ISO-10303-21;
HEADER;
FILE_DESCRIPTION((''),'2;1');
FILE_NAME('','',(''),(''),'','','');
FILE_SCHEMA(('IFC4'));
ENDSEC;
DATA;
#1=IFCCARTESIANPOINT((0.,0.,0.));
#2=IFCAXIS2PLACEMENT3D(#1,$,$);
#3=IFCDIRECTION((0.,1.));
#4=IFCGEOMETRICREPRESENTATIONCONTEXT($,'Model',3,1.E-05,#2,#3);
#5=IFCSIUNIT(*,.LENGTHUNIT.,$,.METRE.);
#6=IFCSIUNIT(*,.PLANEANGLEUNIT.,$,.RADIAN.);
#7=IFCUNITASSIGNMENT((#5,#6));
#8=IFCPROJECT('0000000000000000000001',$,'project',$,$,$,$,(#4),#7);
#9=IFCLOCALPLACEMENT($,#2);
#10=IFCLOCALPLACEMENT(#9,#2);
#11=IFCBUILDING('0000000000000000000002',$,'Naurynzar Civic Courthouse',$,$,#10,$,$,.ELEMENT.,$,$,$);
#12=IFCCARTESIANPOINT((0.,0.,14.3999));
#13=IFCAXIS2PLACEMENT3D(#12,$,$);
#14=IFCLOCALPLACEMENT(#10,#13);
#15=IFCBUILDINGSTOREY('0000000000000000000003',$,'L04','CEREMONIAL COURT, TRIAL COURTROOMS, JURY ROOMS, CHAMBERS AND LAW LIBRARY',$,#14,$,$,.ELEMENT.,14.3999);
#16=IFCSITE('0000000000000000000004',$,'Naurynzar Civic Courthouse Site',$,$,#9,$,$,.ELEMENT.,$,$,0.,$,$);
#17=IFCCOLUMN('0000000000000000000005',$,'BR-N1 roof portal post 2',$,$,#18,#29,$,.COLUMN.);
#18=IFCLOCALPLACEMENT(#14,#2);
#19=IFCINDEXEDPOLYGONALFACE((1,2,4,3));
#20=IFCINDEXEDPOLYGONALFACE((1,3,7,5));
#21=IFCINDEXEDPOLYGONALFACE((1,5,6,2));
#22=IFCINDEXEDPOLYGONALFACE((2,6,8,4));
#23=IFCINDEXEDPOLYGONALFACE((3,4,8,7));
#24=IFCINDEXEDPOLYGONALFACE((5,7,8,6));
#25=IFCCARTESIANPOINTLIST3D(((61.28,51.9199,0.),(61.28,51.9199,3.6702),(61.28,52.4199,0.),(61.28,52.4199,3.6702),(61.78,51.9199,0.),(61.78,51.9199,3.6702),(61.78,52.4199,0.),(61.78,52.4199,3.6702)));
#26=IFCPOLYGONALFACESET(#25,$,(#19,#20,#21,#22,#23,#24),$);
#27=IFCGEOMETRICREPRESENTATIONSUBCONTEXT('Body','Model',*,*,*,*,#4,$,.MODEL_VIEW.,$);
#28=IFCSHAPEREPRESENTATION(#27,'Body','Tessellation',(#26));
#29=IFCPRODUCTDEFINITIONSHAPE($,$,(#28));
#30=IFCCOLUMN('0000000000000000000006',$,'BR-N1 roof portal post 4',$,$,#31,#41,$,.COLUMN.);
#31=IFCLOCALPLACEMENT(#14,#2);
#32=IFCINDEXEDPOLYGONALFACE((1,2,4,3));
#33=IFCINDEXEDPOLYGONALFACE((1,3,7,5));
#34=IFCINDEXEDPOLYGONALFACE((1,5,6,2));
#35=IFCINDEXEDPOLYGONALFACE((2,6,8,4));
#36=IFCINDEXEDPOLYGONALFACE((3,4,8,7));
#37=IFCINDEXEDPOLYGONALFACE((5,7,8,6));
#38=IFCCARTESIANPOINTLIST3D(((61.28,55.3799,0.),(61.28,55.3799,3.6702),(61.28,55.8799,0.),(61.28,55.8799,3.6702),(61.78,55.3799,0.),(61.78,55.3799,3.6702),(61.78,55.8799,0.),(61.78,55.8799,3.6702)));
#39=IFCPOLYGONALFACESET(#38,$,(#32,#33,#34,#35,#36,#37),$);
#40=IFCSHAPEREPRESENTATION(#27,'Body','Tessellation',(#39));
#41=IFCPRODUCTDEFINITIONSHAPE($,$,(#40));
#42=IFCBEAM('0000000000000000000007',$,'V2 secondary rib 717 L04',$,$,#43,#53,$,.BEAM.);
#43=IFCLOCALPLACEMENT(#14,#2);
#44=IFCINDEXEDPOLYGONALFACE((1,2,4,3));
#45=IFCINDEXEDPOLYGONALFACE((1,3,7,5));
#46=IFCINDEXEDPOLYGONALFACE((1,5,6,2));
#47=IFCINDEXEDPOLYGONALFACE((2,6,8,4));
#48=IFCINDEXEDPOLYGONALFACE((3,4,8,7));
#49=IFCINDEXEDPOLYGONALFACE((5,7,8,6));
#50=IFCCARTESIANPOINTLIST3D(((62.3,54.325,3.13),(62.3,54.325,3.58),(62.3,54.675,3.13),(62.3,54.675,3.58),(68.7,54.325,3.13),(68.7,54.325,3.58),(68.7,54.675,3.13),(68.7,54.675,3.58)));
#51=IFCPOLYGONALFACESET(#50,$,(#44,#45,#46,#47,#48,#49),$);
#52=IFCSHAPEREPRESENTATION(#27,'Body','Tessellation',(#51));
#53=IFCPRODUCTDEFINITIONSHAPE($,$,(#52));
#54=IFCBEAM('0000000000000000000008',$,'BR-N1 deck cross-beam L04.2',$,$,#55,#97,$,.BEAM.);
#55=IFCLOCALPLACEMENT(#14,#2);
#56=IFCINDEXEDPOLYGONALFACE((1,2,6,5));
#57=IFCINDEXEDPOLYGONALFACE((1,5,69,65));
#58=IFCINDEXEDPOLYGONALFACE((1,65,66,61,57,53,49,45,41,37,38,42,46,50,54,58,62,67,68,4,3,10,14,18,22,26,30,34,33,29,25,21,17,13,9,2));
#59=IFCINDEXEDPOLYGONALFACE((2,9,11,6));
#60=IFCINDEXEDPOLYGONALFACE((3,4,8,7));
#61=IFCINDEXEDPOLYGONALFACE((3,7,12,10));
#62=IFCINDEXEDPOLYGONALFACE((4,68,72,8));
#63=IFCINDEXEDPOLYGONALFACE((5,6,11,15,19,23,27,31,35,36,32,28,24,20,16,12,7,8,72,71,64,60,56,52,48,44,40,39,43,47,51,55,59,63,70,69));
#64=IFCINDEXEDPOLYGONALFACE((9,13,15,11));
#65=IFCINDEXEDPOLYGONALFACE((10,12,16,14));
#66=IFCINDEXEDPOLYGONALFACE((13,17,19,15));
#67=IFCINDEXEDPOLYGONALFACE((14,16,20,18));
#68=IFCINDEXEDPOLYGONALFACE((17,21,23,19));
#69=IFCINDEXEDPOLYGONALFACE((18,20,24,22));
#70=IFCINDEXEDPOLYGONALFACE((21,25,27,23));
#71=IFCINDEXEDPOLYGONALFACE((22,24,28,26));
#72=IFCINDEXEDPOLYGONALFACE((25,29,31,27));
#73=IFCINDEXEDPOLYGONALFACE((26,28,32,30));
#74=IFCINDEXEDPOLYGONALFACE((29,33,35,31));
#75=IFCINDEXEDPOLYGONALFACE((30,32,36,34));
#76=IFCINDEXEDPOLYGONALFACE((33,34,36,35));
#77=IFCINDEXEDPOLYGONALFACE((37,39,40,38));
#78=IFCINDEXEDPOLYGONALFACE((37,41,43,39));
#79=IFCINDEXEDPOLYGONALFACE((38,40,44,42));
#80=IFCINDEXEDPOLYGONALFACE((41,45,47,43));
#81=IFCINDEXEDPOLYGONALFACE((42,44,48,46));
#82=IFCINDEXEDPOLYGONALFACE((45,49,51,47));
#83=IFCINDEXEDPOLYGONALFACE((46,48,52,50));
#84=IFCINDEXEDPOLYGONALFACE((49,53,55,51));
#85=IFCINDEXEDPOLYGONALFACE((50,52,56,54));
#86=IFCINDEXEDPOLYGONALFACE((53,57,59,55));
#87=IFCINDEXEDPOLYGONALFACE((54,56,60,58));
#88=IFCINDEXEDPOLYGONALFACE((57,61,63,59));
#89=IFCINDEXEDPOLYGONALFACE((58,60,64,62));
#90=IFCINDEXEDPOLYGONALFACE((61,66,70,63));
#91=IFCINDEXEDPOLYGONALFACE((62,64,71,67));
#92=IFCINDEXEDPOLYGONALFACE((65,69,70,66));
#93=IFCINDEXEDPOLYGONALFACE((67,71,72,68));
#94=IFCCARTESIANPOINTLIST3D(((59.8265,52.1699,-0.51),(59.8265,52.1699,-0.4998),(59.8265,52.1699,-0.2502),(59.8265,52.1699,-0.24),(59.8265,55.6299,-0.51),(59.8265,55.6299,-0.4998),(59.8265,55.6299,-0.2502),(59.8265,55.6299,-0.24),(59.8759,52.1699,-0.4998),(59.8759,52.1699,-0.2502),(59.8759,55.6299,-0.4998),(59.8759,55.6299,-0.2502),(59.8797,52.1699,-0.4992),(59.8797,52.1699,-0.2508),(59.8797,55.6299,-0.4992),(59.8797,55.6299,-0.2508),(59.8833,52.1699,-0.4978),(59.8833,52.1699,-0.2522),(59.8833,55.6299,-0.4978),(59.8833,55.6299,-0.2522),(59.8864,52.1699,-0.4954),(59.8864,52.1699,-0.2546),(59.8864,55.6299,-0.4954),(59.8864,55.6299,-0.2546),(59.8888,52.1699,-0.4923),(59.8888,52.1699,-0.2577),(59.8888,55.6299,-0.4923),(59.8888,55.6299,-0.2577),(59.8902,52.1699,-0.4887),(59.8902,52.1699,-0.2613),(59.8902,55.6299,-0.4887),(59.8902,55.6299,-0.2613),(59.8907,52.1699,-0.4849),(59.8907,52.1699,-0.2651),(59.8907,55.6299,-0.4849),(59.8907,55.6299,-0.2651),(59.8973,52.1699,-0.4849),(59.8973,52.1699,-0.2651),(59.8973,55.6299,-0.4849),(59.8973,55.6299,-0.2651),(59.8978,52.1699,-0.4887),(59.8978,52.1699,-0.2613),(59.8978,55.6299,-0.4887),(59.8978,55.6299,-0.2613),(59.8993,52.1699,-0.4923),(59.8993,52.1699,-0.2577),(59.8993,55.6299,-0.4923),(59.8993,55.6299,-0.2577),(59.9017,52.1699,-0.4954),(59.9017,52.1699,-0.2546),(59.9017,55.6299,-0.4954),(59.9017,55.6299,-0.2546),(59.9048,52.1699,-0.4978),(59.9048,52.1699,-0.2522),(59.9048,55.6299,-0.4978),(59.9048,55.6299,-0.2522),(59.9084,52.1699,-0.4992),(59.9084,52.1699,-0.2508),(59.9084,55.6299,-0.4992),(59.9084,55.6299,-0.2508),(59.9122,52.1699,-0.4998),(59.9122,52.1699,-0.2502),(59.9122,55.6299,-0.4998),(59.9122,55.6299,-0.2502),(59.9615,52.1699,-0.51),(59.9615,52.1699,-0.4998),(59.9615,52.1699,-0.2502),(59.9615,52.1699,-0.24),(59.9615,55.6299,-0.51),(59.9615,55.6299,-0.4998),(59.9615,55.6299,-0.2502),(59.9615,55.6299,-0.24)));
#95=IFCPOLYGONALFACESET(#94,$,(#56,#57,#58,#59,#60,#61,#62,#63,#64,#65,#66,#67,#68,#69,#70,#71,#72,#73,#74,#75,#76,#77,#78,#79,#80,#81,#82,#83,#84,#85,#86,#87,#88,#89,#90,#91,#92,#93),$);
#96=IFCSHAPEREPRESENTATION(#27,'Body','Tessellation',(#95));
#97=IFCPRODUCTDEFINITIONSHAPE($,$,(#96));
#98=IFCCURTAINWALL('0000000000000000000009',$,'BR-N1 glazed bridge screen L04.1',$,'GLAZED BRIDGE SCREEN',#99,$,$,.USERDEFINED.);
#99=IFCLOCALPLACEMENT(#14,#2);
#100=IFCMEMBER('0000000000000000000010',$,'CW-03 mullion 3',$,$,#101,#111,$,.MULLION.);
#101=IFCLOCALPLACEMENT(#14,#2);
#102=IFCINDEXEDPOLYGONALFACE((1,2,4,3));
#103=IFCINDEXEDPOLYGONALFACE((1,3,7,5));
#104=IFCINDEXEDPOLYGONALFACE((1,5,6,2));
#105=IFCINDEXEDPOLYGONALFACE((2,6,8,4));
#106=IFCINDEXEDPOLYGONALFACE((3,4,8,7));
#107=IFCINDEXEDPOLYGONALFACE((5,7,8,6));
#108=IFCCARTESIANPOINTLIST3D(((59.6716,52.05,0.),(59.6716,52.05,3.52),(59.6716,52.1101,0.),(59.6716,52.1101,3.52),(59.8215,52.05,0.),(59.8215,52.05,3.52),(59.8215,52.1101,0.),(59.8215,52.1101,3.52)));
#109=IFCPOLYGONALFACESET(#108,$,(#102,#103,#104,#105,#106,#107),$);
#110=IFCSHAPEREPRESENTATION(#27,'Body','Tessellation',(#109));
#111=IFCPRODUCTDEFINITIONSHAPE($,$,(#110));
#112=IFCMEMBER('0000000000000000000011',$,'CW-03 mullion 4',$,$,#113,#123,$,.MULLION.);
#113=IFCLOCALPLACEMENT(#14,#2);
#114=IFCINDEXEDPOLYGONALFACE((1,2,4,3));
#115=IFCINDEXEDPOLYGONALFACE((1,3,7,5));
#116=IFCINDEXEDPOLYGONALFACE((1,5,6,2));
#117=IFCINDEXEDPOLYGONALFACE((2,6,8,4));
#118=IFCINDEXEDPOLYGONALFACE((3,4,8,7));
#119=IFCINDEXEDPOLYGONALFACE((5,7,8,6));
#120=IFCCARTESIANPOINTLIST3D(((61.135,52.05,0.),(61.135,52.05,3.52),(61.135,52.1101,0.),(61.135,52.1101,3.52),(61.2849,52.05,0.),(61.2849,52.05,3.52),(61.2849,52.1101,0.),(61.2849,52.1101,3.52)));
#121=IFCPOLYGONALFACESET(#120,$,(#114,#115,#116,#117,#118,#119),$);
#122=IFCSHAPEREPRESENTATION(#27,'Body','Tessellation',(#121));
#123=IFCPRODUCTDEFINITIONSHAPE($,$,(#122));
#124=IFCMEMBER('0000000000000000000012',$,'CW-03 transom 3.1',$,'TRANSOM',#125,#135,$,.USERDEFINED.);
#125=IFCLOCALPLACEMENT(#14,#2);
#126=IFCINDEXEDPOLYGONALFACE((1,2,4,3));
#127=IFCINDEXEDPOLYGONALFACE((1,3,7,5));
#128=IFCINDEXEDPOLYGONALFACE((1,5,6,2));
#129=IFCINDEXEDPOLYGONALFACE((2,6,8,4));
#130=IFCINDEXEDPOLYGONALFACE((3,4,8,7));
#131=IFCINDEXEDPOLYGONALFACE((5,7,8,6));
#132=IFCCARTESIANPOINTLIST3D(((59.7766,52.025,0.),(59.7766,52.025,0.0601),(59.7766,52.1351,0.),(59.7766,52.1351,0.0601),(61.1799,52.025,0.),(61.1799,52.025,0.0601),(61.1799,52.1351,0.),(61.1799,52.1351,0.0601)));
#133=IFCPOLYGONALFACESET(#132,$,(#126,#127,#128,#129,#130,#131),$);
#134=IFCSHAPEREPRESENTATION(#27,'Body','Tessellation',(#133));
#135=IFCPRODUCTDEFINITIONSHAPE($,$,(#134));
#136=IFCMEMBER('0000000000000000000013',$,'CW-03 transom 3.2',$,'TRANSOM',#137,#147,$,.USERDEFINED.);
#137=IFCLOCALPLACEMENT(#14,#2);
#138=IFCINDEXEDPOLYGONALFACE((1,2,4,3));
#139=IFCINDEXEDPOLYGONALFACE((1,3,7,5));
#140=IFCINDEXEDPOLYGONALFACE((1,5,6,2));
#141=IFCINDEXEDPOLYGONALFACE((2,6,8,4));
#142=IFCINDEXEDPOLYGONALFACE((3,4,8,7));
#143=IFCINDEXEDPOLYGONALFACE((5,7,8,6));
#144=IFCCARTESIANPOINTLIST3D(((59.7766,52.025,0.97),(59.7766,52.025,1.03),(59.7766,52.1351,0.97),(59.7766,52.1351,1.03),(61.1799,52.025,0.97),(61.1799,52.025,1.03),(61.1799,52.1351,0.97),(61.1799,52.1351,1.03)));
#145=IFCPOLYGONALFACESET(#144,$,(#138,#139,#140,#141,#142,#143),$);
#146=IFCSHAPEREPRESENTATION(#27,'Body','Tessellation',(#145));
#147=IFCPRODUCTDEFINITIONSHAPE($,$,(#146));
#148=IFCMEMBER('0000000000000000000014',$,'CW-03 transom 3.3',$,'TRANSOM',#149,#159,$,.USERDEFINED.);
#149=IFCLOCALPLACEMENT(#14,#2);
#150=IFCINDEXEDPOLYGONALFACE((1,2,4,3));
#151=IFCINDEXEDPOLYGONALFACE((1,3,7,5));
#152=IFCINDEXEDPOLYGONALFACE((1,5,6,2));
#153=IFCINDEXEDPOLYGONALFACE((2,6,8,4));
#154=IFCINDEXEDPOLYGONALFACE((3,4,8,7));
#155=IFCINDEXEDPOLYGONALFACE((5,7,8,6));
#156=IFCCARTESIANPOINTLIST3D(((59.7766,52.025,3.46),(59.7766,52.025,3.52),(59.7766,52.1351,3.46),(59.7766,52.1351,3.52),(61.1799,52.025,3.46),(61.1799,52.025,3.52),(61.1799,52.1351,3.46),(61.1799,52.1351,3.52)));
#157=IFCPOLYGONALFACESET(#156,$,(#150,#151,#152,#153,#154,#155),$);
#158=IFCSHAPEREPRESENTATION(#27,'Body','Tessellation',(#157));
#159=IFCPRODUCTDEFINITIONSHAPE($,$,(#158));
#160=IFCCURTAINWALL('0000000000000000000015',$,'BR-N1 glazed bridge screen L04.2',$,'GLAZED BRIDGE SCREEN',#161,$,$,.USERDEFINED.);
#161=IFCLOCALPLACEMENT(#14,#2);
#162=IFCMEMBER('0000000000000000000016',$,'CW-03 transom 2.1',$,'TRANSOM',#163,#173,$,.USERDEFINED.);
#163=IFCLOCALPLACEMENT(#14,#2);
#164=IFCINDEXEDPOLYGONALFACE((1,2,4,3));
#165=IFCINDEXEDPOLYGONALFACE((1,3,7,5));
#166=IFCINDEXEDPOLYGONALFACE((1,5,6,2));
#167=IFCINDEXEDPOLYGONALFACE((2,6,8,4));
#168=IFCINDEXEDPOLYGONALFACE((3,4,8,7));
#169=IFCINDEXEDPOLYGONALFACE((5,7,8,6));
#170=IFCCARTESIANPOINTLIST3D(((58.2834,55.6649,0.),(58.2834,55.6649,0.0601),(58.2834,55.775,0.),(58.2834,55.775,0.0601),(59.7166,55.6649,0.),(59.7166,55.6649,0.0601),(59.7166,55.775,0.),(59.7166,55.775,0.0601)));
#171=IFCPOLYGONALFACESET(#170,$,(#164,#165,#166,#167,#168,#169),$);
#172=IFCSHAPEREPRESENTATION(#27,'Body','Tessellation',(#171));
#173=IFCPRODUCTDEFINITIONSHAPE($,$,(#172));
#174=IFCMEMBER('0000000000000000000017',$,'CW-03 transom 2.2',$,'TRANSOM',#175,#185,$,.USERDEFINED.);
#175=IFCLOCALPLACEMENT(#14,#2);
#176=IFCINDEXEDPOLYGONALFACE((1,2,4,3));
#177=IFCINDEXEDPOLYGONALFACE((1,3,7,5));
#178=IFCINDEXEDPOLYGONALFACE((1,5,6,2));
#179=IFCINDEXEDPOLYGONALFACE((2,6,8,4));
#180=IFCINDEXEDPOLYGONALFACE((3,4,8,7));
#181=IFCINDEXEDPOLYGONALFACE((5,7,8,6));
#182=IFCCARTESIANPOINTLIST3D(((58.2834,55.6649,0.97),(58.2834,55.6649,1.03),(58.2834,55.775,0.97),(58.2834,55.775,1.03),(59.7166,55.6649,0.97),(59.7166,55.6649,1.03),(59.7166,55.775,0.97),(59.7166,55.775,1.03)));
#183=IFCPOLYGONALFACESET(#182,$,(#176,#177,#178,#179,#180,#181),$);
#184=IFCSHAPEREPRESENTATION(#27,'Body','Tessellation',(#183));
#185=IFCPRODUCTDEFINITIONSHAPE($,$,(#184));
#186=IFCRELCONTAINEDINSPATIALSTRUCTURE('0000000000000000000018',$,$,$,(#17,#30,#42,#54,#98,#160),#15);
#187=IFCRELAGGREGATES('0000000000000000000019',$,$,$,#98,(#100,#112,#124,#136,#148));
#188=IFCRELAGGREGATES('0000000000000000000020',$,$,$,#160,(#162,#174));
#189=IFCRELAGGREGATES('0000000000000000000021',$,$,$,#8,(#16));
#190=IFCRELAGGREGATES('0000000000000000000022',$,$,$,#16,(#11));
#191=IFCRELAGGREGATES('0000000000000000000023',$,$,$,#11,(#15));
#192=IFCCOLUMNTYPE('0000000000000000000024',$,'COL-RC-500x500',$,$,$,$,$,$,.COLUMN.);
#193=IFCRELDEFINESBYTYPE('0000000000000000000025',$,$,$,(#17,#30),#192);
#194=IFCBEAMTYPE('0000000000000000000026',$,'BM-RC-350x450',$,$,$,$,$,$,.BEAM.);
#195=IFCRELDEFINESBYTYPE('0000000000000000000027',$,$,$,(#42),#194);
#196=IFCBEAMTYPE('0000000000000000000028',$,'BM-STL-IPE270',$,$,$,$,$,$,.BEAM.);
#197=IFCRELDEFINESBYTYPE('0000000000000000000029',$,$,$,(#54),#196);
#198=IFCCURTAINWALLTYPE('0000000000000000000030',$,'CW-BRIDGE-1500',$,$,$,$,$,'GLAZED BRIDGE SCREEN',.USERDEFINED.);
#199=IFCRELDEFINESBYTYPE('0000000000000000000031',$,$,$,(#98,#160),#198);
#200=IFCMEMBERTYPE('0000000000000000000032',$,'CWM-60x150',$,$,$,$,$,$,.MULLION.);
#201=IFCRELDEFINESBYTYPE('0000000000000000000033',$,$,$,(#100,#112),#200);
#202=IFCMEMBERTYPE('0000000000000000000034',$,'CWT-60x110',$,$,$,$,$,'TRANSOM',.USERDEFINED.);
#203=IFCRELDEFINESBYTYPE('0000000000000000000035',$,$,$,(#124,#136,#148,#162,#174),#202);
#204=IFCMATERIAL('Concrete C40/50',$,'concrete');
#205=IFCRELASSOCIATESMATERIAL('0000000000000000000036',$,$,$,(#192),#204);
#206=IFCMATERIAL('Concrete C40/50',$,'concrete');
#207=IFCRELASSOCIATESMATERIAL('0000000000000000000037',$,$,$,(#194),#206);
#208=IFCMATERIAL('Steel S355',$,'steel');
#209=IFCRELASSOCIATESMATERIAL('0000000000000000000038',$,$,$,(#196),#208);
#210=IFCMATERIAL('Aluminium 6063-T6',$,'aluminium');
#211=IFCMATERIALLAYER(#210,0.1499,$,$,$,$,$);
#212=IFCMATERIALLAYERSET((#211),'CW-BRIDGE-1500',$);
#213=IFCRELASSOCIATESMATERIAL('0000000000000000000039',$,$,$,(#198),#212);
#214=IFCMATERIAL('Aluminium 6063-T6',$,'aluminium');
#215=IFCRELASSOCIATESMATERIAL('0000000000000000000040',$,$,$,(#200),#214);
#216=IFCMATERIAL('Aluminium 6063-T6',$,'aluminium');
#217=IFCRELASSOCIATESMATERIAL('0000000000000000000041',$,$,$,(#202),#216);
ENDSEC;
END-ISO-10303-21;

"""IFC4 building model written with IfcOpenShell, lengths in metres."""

from ifc_helpers import new_model, si_unit, direction, frame, origin, origin_2d, place, context, subcontext, project, spatial, rectangle, i_section, extrude, material, layer, layer_set, material_profile, profile_set, type_object, element, aggregate, save


model = new_model("IFC4")

# Units and contexts
model_context = context("Model", 3, precision=1e-05, world=origin(), true_north=direction((0.0, 1.0)))
body_context = subcontext(model_context, "Body", "Model", "MODEL_VIEW")
ifc_project = project(units=[si_unit("LENGTHUNIT", "METRE"), si_unit("PLANEANGLEUNIT", "RADIAN")], contexts=[model_context])

# Site, building, storey
site_placement = place(None, origin())
site = spatial("IfcSite", under=ifc_project, at=site_placement, Name="Naurynzar Civic Courthouse Site", CompositionType="ELEMENT", RefElevation=0.0)
building_placement = place(site_placement, origin())
building = spatial("IfcBuilding", under=site, at=building_placement, Name="Naurynzar Civic Courthouse", CompositionType="ELEMENT")
storey_placement = place(building_placement, frame((0.0, 0.0, 14.3999)))
storey = spatial("IfcBuildingStorey", under=building, at=storey_placement, Name="L04", Description="CEREMONIAL COURT, TRIAL COURTROOMS, JURY ROOMS, CHAMBERS AND LAW LIBRARY", CompositionType="ELEMENT", Elevation=14.3999)

# Columns
ifc_material_1 = material(Name="Concrete C40/50", Category="concrete")
ifc_material_profile_1 = material_profile(ifc_material_1, rectangle(XDim=0.5, YDim=0.5, at=origin_2d()), Name="RC 500x500")
ifc_profile_set_1 = profile_set([ifc_material_profile_1], Name="Concrete C40/50")
column_type = type_object("IfcColumnType", Name="COL-RC-500x500", PredefinedType="COLUMN", material=ifc_profile_set_1)
for number, where, z_axis, x_axis, name in (
    (1, (61.53, 52.1699, 0.0), (0.0, 0.0, 1.0), (1.0, 0.0, 0.0), "BR-N1 roof portal post 2"),
    (2, (61.53, 55.6299, 0.0), (0.0, 0.0, 1.0), (1.0, 0.0, 0.0), "BR-N1 roof portal post 4"),
):
    element("IfcColumn", number, at=place(storey_placement, frame(where, z_axis=z_axis, x_axis=x_axis)), inside=storey, type_object=column_type, Name=name, PredefinedType="COLUMN", context=body_context, shape_type="SweptSolid", body=[
        extrude(rectangle(XDim=0.5, YDim=0.5, at=origin_2d()), origin(), (0.0, 0.0, 1.0), 3.6702),
    ])

# Beams
ifc_material_2 = material(Name="Concrete C40/50", Category="concrete")
ifc_material_profile_2 = material_profile(ifc_material_2, rectangle(XDim=0.3501, YDim=0.45, at=origin_2d()), Name="RCB 350x450")
ifc_profile_set_2 = profile_set([ifc_material_profile_2], Name="Concrete C40/50")
beam_type_1 = type_object("IfcBeamType", Name="BM-RC-350x450", PredefinedType="BEAM", material=ifc_profile_set_2)
beam_1_placement = place(storey_placement, frame((62.3, 54.5, 3.355), z_axis=(1.0, 0.0, 0.0), x_axis=(0.0, 1.0, 0.0)))
element("IfcBeam", 3, at=beam_1_placement, inside=storey, type_object=beam_type_1, Name="V2 secondary rib 717 L04", PredefinedType="BEAM", context=body_context, shape_type="SweptSolid", body=[
    extrude(rectangle(XDim=0.3501, YDim=0.45, at=origin_2d()), origin(), (0.0, 0.0, 1.0), 6.3999),
])
ifc_material_3 = material(Name="Steel S355", Category="steel")
ifc_material_profile_3 = material_profile(ifc_material_3, i_section(OverallWidth=0.135, OverallDepth=0.27, WebThickness=0.0066, FlangeThickness=0.0103, FilletRadius=0.0149, at=origin_2d()), Name="IPE 270")
ifc_profile_set_3 = profile_set([ifc_material_profile_3], Name="Steel S355")
beam_type_2 = type_object("IfcBeamType", Name="BM-STL-IPE270", PredefinedType="BEAM", material=ifc_profile_set_3)
beam_2_placement = place(storey_placement, frame((59.894, 52.1699, -0.375), z_axis=(0.0, 1.0, 0.0), x_axis=(-1.0, 0.0, 0.0)))
element("IfcBeam", 4, at=beam_2_placement, inside=storey, type_object=beam_type_2, Name="BR-N1 deck cross-beam L04.2", PredefinedType="BEAM", context=body_context, shape_type="SweptSolid", body=[
    extrude(i_section(OverallWidth=0.135, OverallDepth=0.27, WebThickness=0.0066, FlangeThickness=0.0103, FilletRadius=0.0149, at=origin_2d()), origin(), (0.0, 0.0, 1.0), 3.46),
])

# Curtain walls, members
ifc_material_4 = material(Name="Aluminium 6063-T6", Category="aluminium")
ifc_layer_1 = layer(ifc_material_4, 0.1499)
ifc_layer_set_1 = layer_set([ifc_layer_1], Name="CW-BRIDGE-1500")
curtain_wall_type = type_object("IfcCurtainWallType", Name="CW-BRIDGE-1500", ElementType="GLAZED BRIDGE SCREEN", PredefinedType="USERDEFINED", material=ifc_layer_set_1)
curtain_wall_1_placement = place(storey_placement, origin())
curtain_wall_1 = element("IfcCurtainWall", 5, at=curtain_wall_1_placement, inside=storey, type_object=curtain_wall_type, Name="BR-N1 glazed bridge screen L04.1", ObjectType="GLAZED BRIDGE SCREEN", PredefinedType="USERDEFINED")
ifc_material_5 = material(Name="Aluminium 6063-T6", Category="aluminium")
ifc_material_profile_4 = material_profile(ifc_material_5, rectangle(XDim=0.0601, YDim=0.1499, at=origin_2d()), Name="ALU MULLION 60x150")
ifc_profile_set_4 = profile_set([ifc_material_profile_4], Name="Aluminium 6063-T6")
member_type_1 = type_object("IfcMemberType", Name="CWM-60x150", PredefinedType="MULLION", material=ifc_profile_set_4)
member_1_placement = place(storey_placement, frame((59.7466, 52.0801, 0.0), z_axis=(0.0, 0.0, 1.0), x_axis=(0.0, 1.0, 0.0)))
member_1 = element("IfcMember", 6, at=member_1_placement, type_object=member_type_1, Name="CW-03 mullion 3", PredefinedType="MULLION", context=body_context, shape_type="SweptSolid", body=[
    extrude(rectangle(XDim=0.0601, YDim=0.1499, at=origin_2d()), origin(), (0.0, 0.0, 1.0), 3.52),
])
member_2_placement = place(storey_placement, frame((61.21, 52.0801, 0.0), z_axis=(0.0, 0.0, 1.0), x_axis=(0.0, 1.0, 0.0)))
member_2 = element("IfcMember", 7, at=member_2_placement, type_object=member_type_1, Name="CW-03 mullion 4", PredefinedType="MULLION", context=body_context, shape_type="SweptSolid", body=[
    extrude(rectangle(XDim=0.0601, YDim=0.1499, at=origin_2d()), origin(), (0.0, 0.0, 1.0), 3.52),
])
ifc_material_6 = material(Name="Aluminium 6063-T6", Category="aluminium")
ifc_material_profile_5 = material_profile(ifc_material_6, rectangle(XDim=0.1101, YDim=0.0601, at=origin_2d()), Name="ALU TRANSOM 60x110")
ifc_profile_set_5 = profile_set([ifc_material_profile_5], Name="Aluminium 6063-T6")
member_type_2 = type_object("IfcMemberType", Name="CWT-60x110", ElementType="TRANSOM", PredefinedType="USERDEFINED", material=ifc_profile_set_5)
member_3_placement = place(storey_placement, frame((59.7766, 52.0801, 0.03), z_axis=(1.0, 0.0, 0.0), x_axis=(0.0, 1.0, 0.0)))
member_3 = element("IfcMember", 8, at=member_3_placement, type_object=member_type_2, Name="CW-03 transom 3.1", ObjectType="TRANSOM", PredefinedType="USERDEFINED", context=body_context, shape_type="SweptSolid", body=[
    extrude(rectangle(XDim=0.1101, YDim=0.0601, at=origin_2d()), origin(), (0.0, 0.0, 1.0), 1.4033),
])
member_4_placement = place(storey_placement, frame((59.7766, 52.0801, 1.0), z_axis=(1.0, 0.0, 0.0), x_axis=(0.0, 1.0, 0.0)))
member_4 = element("IfcMember", 9, at=member_4_placement, type_object=member_type_2, Name="CW-03 transom 3.2", ObjectType="TRANSOM", PredefinedType="USERDEFINED", context=body_context, shape_type="SweptSolid", body=[
    extrude(rectangle(XDim=0.1101, YDim=0.0601, at=origin_2d()), origin(), (0.0, 0.0, 1.0), 1.4033),
])
member_5_placement = place(storey_placement, frame((59.7766, 52.0801, 3.49), z_axis=(1.0, 0.0, 0.0), x_axis=(0.0, 1.0, 0.0)))
member_5 = element("IfcMember", 10, at=member_5_placement, type_object=member_type_2, Name="CW-03 transom 3.3", ObjectType="TRANSOM", PredefinedType="USERDEFINED", context=body_context, shape_type="SweptSolid", body=[
    extrude(rectangle(XDim=0.1101, YDim=0.0601, at=origin_2d()), origin(), (0.0, 0.0, 1.0), 1.4033),
])
curtain_wall_2_placement = place(storey_placement, origin())
curtain_wall_2 = element("IfcCurtainWall", 11, at=curtain_wall_2_placement, inside=storey, type_object=curtain_wall_type, Name="BR-N1 glazed bridge screen L04.2", ObjectType="GLAZED BRIDGE SCREEN", PredefinedType="USERDEFINED")
member_6_placement = place(storey_placement, frame((59.7166, 55.72, 0.03), z_axis=(-1.0, 0.0, 0.0), x_axis=(0.0, -1.0, 0.0)))
member_6 = element("IfcMember", 12, at=member_6_placement, type_object=member_type_2, Name="CW-03 transom 2.1", ObjectType="TRANSOM", PredefinedType="USERDEFINED", context=body_context, shape_type="SweptSolid", body=[
    extrude(rectangle(XDim=0.1101, YDim=0.0601, at=origin_2d()), origin(), (0.0, 0.0, 1.0), 1.4331),
])
member_7_placement = place(storey_placement, frame((59.7166, 55.72, 1.0), z_axis=(-1.0, 0.0, 0.0), x_axis=(0.0, -1.0, 0.0)))
member_7 = element("IfcMember", 13, at=member_7_placement, type_object=member_type_2, Name="CW-03 transom 2.2", ObjectType="TRANSOM", PredefinedType="USERDEFINED", context=body_context, shape_type="SweptSolid", body=[
    extrude(rectangle(XDim=0.1101, YDim=0.0601, at=origin_2d()), origin(), (0.0, 0.0, 1.0), 1.4331),
])

aggregate(curtain_wall_1, [member_1, member_2, member_3, member_4, member_5])
aggregate(curtain_wall_2, [member_6, member_7])

save(model, "model.ifc")
